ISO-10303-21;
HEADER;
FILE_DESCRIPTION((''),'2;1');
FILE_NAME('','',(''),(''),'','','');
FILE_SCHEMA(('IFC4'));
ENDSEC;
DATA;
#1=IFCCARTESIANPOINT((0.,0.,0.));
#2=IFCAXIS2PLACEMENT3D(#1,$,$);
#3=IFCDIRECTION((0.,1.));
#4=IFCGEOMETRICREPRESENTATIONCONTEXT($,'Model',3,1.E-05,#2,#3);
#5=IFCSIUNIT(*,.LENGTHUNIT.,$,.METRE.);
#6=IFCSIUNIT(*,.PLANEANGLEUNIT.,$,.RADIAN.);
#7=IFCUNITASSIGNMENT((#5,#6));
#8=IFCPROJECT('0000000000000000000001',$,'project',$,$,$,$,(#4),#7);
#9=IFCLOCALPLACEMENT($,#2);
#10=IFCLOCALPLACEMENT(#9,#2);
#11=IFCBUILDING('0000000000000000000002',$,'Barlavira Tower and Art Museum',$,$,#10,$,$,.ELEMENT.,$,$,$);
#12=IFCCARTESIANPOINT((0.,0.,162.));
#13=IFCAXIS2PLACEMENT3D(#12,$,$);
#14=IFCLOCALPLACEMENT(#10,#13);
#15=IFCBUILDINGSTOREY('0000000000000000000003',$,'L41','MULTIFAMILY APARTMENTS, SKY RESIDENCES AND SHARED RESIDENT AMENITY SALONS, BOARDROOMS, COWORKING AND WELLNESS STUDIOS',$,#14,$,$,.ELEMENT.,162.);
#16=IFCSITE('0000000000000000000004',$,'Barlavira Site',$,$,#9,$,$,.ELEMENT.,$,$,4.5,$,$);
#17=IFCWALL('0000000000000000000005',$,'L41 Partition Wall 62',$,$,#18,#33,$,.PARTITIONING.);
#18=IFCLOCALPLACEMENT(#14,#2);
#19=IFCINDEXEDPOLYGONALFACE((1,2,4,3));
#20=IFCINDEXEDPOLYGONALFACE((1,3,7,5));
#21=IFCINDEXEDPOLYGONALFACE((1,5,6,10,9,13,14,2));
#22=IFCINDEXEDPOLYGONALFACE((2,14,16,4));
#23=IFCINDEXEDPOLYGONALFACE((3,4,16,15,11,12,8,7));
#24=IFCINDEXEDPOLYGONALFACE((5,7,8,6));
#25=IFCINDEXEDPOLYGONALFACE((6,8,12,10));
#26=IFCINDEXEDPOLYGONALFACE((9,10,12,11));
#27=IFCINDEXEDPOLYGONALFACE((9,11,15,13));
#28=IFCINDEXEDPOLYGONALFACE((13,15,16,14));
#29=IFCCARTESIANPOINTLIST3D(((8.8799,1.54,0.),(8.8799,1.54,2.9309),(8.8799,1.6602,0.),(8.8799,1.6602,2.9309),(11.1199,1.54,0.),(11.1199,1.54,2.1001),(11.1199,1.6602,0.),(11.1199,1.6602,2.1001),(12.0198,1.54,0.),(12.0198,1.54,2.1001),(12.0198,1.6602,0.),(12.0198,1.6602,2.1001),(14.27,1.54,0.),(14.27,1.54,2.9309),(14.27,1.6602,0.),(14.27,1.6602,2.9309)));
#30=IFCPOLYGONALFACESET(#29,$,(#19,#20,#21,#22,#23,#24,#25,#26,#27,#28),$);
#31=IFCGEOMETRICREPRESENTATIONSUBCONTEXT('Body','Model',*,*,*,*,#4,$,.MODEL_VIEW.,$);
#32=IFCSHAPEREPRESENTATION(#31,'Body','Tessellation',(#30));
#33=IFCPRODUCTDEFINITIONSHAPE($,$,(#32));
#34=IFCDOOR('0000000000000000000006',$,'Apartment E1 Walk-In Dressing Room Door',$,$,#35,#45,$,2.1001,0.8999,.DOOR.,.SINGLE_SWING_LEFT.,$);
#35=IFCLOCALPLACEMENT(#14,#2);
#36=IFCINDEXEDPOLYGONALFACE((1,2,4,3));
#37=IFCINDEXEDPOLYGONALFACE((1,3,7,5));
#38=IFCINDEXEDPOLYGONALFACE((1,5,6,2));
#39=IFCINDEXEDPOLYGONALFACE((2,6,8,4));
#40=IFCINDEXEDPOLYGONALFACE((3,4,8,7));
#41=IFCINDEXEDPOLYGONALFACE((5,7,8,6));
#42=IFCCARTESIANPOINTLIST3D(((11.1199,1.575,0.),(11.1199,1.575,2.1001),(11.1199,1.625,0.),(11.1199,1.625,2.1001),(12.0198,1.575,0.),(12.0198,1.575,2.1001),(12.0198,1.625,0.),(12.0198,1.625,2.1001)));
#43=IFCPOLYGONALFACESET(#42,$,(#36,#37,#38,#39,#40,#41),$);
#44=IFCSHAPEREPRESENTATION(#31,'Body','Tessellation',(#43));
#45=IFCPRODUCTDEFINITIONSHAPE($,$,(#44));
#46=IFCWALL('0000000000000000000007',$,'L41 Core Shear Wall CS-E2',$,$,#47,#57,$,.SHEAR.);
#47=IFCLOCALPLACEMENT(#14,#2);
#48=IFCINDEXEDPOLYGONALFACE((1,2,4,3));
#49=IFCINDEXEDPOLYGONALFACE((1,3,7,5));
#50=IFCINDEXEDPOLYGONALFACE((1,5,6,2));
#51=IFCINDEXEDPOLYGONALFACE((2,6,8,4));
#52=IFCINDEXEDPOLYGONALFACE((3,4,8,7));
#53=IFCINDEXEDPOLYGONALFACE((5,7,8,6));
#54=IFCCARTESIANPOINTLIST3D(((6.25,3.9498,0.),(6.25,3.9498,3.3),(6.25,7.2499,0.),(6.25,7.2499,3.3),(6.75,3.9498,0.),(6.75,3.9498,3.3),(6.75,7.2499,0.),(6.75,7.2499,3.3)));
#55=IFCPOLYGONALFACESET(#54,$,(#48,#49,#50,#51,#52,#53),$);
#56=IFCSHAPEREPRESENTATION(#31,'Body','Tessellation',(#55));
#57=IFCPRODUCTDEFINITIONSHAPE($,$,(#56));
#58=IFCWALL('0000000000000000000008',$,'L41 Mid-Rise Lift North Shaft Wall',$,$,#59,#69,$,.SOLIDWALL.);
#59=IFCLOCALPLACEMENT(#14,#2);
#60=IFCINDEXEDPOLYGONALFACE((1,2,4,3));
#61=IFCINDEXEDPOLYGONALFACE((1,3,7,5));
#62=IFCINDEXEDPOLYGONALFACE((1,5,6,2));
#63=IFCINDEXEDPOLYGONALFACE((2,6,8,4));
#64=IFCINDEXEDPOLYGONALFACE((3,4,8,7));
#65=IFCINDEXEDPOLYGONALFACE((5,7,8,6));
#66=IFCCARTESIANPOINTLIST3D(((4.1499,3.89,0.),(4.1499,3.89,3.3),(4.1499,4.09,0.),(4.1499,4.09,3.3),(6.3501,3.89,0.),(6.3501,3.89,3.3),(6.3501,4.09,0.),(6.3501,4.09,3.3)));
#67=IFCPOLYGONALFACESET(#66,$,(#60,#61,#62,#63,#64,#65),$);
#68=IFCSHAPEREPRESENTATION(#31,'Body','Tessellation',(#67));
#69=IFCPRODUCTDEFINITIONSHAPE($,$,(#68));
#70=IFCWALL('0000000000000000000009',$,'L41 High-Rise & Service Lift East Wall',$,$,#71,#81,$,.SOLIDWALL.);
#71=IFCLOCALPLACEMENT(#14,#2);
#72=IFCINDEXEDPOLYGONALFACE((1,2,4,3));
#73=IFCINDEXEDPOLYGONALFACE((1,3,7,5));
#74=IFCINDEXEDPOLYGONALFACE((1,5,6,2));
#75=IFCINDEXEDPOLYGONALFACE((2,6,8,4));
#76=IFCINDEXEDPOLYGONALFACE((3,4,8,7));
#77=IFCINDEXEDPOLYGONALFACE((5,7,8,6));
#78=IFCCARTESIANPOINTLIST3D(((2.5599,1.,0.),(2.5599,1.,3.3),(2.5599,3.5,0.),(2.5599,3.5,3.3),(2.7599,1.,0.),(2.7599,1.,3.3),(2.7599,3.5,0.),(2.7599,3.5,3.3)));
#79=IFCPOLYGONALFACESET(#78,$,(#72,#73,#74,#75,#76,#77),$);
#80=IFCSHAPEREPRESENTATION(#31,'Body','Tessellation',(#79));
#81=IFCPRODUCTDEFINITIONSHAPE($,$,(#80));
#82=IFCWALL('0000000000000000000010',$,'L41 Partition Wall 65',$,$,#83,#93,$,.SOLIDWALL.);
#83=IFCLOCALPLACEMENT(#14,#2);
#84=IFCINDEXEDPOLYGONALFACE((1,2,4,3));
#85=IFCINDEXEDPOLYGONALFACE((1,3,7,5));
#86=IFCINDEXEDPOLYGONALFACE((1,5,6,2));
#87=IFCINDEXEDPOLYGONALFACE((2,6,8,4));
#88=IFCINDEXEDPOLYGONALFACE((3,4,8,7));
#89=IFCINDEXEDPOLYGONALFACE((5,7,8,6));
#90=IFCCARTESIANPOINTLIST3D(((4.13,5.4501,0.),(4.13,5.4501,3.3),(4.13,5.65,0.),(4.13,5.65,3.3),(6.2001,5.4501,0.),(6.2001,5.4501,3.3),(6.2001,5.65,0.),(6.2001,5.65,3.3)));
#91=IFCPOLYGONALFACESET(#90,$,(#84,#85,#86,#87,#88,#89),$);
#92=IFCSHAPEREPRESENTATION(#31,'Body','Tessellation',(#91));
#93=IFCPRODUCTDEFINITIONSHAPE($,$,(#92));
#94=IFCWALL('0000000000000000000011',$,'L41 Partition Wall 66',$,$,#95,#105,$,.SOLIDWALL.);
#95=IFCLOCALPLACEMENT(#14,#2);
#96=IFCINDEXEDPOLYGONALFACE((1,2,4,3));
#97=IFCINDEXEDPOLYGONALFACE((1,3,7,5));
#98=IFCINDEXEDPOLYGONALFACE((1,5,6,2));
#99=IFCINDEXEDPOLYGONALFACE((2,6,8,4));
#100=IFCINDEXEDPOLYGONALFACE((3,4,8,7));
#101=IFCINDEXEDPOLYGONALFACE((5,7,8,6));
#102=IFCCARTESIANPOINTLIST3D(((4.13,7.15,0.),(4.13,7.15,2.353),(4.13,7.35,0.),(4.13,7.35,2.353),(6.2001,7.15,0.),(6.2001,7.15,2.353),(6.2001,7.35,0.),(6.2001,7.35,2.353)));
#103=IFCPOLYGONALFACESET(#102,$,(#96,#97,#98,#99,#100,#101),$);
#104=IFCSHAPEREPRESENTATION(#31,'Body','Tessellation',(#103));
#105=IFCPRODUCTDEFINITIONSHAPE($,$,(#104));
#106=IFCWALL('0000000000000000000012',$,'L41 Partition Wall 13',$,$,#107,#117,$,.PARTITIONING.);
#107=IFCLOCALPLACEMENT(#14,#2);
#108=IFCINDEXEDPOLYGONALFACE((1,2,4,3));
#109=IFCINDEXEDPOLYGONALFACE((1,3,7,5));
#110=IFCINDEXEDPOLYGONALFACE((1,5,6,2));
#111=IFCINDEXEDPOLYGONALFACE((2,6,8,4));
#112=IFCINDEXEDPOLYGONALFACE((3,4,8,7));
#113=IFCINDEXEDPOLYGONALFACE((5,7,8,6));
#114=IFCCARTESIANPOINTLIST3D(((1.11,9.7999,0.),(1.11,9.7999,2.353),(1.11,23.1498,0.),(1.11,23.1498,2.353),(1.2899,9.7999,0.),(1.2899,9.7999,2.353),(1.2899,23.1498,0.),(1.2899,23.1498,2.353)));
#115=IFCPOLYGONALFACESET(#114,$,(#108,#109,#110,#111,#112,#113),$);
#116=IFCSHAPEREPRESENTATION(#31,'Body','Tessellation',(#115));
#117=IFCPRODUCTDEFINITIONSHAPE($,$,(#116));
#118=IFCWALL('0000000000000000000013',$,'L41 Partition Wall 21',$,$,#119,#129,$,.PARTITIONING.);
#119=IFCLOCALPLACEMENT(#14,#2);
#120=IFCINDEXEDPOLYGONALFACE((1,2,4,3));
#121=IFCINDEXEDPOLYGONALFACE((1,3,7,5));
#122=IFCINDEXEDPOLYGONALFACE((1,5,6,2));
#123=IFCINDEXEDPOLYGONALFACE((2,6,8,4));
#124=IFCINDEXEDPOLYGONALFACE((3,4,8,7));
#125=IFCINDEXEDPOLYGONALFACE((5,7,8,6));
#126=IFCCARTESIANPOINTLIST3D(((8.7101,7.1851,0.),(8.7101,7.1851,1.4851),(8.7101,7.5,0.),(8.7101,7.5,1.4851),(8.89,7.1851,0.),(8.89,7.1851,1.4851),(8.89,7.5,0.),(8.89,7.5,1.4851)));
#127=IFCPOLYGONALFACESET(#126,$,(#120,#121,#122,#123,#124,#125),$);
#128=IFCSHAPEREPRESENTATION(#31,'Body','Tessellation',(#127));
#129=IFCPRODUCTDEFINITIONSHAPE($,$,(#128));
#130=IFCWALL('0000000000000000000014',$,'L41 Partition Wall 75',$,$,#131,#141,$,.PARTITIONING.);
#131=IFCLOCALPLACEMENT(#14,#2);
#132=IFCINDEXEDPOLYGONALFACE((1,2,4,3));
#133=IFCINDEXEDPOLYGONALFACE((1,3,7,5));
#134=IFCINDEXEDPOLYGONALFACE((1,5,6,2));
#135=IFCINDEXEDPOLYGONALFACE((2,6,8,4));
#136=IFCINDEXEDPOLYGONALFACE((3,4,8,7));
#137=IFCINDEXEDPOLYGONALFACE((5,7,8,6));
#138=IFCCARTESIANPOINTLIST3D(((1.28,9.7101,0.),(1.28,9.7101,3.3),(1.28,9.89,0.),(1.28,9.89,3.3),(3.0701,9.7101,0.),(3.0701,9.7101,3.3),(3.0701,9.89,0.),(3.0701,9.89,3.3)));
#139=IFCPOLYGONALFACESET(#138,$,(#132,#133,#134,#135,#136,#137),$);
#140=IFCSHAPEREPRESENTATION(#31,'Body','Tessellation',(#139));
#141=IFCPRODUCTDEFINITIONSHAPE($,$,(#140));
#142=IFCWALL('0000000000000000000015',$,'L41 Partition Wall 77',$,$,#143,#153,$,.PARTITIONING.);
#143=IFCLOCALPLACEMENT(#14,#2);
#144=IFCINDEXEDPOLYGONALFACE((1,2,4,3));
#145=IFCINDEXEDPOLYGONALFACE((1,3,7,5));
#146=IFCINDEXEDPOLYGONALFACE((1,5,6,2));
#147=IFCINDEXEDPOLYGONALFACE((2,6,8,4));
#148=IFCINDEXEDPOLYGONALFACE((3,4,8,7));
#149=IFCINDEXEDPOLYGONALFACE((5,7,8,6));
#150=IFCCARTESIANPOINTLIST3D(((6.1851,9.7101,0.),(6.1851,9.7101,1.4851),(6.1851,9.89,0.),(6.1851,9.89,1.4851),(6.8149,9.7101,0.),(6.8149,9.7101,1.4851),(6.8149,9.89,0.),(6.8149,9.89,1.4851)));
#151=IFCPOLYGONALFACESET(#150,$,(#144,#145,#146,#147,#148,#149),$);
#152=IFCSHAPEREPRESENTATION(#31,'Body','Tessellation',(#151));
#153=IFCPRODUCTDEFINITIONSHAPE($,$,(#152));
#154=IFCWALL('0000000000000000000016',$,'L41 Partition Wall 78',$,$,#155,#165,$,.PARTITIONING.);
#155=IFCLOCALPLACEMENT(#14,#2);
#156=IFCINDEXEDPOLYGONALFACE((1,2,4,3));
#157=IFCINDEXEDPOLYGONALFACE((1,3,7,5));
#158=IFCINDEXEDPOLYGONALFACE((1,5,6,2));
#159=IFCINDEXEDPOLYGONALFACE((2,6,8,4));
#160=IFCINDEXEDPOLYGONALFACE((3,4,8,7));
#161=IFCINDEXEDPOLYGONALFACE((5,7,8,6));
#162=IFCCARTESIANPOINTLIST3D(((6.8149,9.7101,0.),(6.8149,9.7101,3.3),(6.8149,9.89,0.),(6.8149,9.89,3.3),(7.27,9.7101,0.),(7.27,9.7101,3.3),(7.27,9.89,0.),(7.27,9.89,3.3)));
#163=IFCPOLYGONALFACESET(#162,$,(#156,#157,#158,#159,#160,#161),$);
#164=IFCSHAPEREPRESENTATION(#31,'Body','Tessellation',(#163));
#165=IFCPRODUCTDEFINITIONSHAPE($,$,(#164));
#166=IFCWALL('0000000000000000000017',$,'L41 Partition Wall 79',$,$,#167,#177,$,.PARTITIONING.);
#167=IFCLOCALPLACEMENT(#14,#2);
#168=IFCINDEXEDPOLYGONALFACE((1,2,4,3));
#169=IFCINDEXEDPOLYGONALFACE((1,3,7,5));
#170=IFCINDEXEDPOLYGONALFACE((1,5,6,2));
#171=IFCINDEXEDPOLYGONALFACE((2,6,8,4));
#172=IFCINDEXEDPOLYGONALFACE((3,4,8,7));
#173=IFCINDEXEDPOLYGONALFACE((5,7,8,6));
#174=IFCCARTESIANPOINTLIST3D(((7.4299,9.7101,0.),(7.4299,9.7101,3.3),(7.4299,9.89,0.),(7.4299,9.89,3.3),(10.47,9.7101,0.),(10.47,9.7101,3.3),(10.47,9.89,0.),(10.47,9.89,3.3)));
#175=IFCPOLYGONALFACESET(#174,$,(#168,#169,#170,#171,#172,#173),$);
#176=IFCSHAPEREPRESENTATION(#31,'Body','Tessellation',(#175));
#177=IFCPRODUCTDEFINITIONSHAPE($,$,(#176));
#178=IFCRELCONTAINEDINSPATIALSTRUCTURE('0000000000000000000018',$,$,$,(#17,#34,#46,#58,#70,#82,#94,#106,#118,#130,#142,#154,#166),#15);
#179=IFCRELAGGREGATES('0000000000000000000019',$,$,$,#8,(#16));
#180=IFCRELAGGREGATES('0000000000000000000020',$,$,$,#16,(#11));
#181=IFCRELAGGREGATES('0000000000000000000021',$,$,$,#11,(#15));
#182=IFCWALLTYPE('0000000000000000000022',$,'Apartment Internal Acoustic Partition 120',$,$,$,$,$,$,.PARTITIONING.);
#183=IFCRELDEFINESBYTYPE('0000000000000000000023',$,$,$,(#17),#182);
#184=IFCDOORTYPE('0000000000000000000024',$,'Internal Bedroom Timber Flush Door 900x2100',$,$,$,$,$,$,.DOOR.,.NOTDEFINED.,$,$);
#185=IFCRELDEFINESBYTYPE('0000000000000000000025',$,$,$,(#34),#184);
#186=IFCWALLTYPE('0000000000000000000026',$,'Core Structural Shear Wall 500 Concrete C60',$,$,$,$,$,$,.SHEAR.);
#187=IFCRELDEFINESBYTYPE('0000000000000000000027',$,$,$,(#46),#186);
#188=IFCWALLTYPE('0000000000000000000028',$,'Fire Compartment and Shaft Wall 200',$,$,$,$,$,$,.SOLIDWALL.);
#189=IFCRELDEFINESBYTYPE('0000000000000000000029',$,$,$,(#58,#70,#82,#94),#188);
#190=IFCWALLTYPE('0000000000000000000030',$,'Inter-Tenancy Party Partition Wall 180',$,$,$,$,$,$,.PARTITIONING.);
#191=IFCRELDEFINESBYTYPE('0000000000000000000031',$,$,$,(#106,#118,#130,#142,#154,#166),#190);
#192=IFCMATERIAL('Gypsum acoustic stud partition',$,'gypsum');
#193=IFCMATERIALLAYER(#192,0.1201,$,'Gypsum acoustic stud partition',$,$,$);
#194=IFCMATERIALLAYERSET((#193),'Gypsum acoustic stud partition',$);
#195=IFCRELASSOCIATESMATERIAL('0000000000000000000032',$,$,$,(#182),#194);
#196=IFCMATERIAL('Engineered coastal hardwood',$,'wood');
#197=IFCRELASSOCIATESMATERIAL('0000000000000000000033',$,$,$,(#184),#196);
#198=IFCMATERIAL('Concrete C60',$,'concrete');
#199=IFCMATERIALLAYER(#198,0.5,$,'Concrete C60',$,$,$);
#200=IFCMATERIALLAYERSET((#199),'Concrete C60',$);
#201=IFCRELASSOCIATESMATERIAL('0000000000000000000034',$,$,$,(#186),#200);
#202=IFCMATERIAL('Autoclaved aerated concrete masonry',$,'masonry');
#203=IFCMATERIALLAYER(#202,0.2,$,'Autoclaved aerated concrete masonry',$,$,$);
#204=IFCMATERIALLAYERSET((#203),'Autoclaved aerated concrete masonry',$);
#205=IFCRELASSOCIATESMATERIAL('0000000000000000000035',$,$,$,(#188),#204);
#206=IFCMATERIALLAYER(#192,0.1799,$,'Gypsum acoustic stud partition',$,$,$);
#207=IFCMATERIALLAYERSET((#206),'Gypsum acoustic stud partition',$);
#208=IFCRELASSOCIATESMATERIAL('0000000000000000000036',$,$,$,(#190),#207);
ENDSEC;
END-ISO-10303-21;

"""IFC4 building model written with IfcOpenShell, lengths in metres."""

from ifc_helpers import new_model, si_unit, direction, frame, frame_2d, origin, place, context, subcontext, project, spatial, rectangle, extrude, material, layer, layer_set, type_object, element, fill, save


model = new_model("IFC4")

# Units and contexts
model_context = context("Model", 3, precision=1e-05, world=origin(), true_north=direction((0.0, 1.0)))
body_context = subcontext(model_context, "Body", "Model", "MODEL_VIEW")
ifc_project = project(units=[si_unit("LENGTHUNIT", "METRE"), si_unit("PLANEANGLEUNIT", "RADIAN")], contexts=[model_context])

# Site, building, storey
site_placement = place(None, origin())
site = spatial("IfcSite", under=ifc_project, at=site_placement, Name="Barlavira Site", CompositionType="ELEMENT", RefElevation=4.5)
building_placement = place(site_placement, origin())
building = spatial("IfcBuilding", under=site, at=building_placement, Name="Barlavira Tower and Art Museum", CompositionType="ELEMENT")
storey_placement = place(building_placement, frame((0.0, 0.0, 162.0)))
storey = spatial("IfcBuildingStorey", under=building, at=storey_placement, Name="L41", Description="MULTIFAMILY APARTMENTS, SKY RESIDENCES AND SHARED RESIDENT AMENITY SALONS, BOARDROOMS, COWORKING AND WELLNESS STUDIOS", CompositionType="ELEMENT", Elevation=162.0)

# Shared definitions
ifc_material_1 = material(Name="Gypsum acoustic stud partition", Category="gypsum")
ifc_layer_1 = layer(ifc_material_1, 0.1201, Name="Gypsum acoustic stud partition")
ifc_layer_set_1 = layer_set([ifc_layer_1], Name="Gypsum acoustic stud partition")
wall_type_1 = type_object("IfcWallType", Name="Apartment Internal Acoustic Partition 120", PredefinedType="PARTITIONING", material=ifc_layer_set_1)
ifc_material_2 = material(Name="Engineered coastal hardwood", Category="wood")
door_type_1 = type_object("IfcDoorType", Name="Internal Bedroom Timber Flush Door 900x2100", OperationType="NOTDEFINED", PredefinedType="DOOR", material=ifc_material_2)

# Wall, opening, door
wall_1_placement = place(storey_placement, frame((8.8799, 1.6001, 0.0), z_axis=(0.0, 0.0, 1.0), x_axis=(1.0, 0.0, 0.0)))
wall_1 = element("IfcWall", 1, at=wall_1_placement, inside=storey, type_object=wall_type_1, Name="L41 Partition Wall 62", PredefinedType="PARTITIONING", context=body_context, shape_type="SweptSolid", body=[
    extrude(rectangle(XDim=5.3901, YDim=0.1201, at=frame_2d((2.6951, 0.0))), origin(), (0.0, 0.0, 1.0), 2.9309),
])
opening_1_placement = place(wall_1_placement, frame((2.24, 0.0, 0.0)))
opening_1 = element("IfcOpeningElement", 2, at=opening_1_placement, cuts=wall_1, PredefinedType="OPENING", context=body_context, shape_type="SweptSolid", body=[
    extrude(rectangle(XDim=0.8999, YDim=2.1001, at=frame_2d((0.45, 1.05))), frame((0.0, 0.0701, 0.0), z_axis=(0.0, -1.0, 0.0), x_axis=(1.0, 0.0, 0.0)), (0.0, 0.0, 1.0), 0.1401),
])
door_1_placement = place(opening_1_placement, origin())
door_1 = element("IfcDoor", 3, at=door_1_placement, inside=storey, type_object=door_type_1, Name="Apartment E1 Walk-In Dressing Room Door", OperationType="SINGLE_SWING_LEFT", OverallHeight=2.1001, OverallWidth=0.8999, PredefinedType="DOOR", context=body_context, shape_type="SweptSolid", body=[
    extrude(rectangle(XDim=0.8999, YDim=2.1001, at=frame_2d((0.45, 1.05))), frame((0.0, 0.0249, 0.0), z_axis=(0.0, -1.0, 0.0), x_axis=(1.0, 0.0, 0.0)), (0.0, 0.0, 1.0), 0.05),
])
fill(opening_1, door_1)

# Walls
ifc_material_3 = material(Name="Concrete C60", Category="concrete")
ifc_layer_2 = layer(ifc_material_3, 0.5, Name="Concrete C60")
ifc_layer_set_2 = layer_set([ifc_layer_2], Name="Concrete C60")
wall_type_2 = type_object("IfcWallType", Name="Core Structural Shear Wall 500 Concrete C60", PredefinedType="SHEAR", material=ifc_layer_set_2)
wall_2_placement = place(storey_placement, frame((6.5, 3.95, 0.0), z_axis=(0.0, 0.0, 1.0), x_axis=(0.0, 1.0, 0.0)))
element("IfcWall", 4, at=wall_2_placement, inside=storey, type_object=wall_type_2, Name="L41 Core Shear Wall CS-E2", PredefinedType="SHEAR", context=body_context, shape_type="SweptSolid", body=[
    extrude(rectangle(XDim=3.3, YDim=0.5, at=frame_2d((1.6499, 0.0))), origin(), (0.0, 0.0, 1.0), 3.3),
])
ifc_material_4 = material(Name="Autoclaved aerated concrete masonry", Category="masonry")
ifc_layer_3 = layer(ifc_material_4, 0.2, Name="Autoclaved aerated concrete masonry")
ifc_layer_set_3 = layer_set([ifc_layer_3], Name="Autoclaved aerated concrete masonry")
wall_type_3 = type_object("IfcWallType", Name="Fire Compartment and Shaft Wall 200", PredefinedType="SOLIDWALL", material=ifc_layer_set_3)
wall_3_placement = place(storey_placement, frame((4.1499, 3.99, 0.0), z_axis=(0.0, 0.0, 1.0), x_axis=(1.0, 0.0, 0.0)))
element("IfcWall", 5, at=wall_3_placement, inside=storey, type_object=wall_type_3, Name="L41 Mid-Rise Lift North Shaft Wall", PredefinedType="SOLIDWALL", context=body_context, shape_type="SweptSolid", body=[
    extrude(rectangle(XDim=2.2002, YDim=0.2, at=frame_2d((1.1001, 0.0))), origin(), (0.0, 0.0, 1.0), 3.3),
])
wall_4_placement = place(storey_placement, frame((2.6599, 1.0, 0.0), z_axis=(0.0, 0.0, 1.0), x_axis=(0.0, 1.0, 0.0)))
element("IfcWall", 6, at=wall_4_placement, inside=storey, type_object=wall_type_3, Name="L41 High-Rise & Service Lift East Wall", PredefinedType="SOLIDWALL", context=body_context, shape_type="SweptSolid", body=[
    extrude(rectangle(XDim=2.5, YDim=0.2, at=frame_2d((1.25, 0.0))), origin(), (0.0, 0.0, 1.0), 3.3),
])

# Walls
wall_5_placement = place(storey_placement, frame((4.1299, 5.55, 0.0), z_axis=(0.0, 0.0, 1.0), x_axis=(1.0, 0.0, 0.0)))
element("IfcWall", 7, at=wall_5_placement, inside=storey, type_object=wall_type_3, Name="L41 Partition Wall 65", PredefinedType="SOLIDWALL", context=body_context, shape_type="SweptSolid", body=[
    extrude(rectangle(XDim=2.0701, YDim=0.2, at=frame_2d((1.0352, 0.0))), origin(), (0.0, 0.0, 1.0), 3.3),
])
wall_6_placement = place(storey_placement, frame((4.1299, 7.25, 0.0), z_axis=(0.0, 0.0, 1.0), x_axis=(1.0, 0.0, 0.0)))
element("IfcWall", 8, at=wall_6_placement, inside=storey, type_object=wall_type_3, Name="L41 Partition Wall 66", PredefinedType="SOLIDWALL", context=body_context, shape_type="SweptSolid", body=[
    extrude(rectangle(XDim=2.0701, YDim=0.2, at=frame_2d((1.0352, 0.0))), origin(), (0.0, 0.0, 1.0), 2.353),
])
ifc_layer_4 = layer(ifc_material_1, 0.1799, Name="Gypsum acoustic stud partition")
ifc_layer_set_4 = layer_set([ifc_layer_4], Name="Gypsum acoustic stud partition")
wall_type_4 = type_object("IfcWallType", Name="Inter-Tenancy Party Partition Wall 180", PredefinedType="PARTITIONING", material=ifc_layer_set_4)
wall_7_placement = place(storey_placement, frame((1.2, 9.8, 0.0), z_axis=(0.0, 0.0, 1.0), x_axis=(0.0, 1.0, 0.0)))
element("IfcWall", 9, at=wall_7_placement, inside=storey, type_object=wall_type_4, Name="L41 Partition Wall 13", PredefinedType="PARTITIONING", context=body_context, shape_type="SweptSolid", body=[
    extrude(rectangle(XDim=13.3499, YDim=0.1799, at=frame_2d((6.6748, 0.0))), origin(), (0.0, 0.0, 1.0), 2.353),
])
wall_8_placement = place(storey_placement, frame((8.8, 7.1851, 0.0), z_axis=(0.0, 0.0, 1.0), x_axis=(0.0, 1.0, 0.0)))
element("IfcWall", 10, at=wall_8_placement, inside=storey, type_object=wall_type_4, Name="L41 Partition Wall 21", PredefinedType="PARTITIONING", context=body_context, shape_type="SweptSolid", body=[
    extrude(rectangle(XDim=0.3149, YDim=0.1799, at=frame_2d((0.1575, 0.0))), origin(), (0.0, 0.0, 1.0), 1.4851),
])
wall_9_placement = place(storey_placement, frame((1.28, 9.8, 0.0), z_axis=(0.0, 0.0, 1.0), x_axis=(1.0, 0.0, 0.0)))
element("IfcWall", 11, at=wall_9_placement, inside=storey, type_object=wall_type_4, Name="L41 Partition Wall 75", PredefinedType="PARTITIONING", context=body_context, shape_type="SweptSolid", body=[
    extrude(rectangle(XDim=1.79, YDim=0.1799, at=frame_2d((0.895, 0.0))), origin(), (0.0, 0.0, 1.0), 3.3),
])

# Walls
wall_10_placement = place(storey_placement, frame((6.1851, 9.8, 0.0), z_axis=(0.0, 0.0, 1.0), x_axis=(1.0, 0.0, 0.0)))
element("IfcWall", 12, at=wall_10_placement, inside=storey, type_object=wall_type_4, Name="L41 Partition Wall 77", PredefinedType="PARTITIONING", context=body_context, shape_type="SweptSolid", body=[
    extrude(rectangle(XDim=0.6299, YDim=0.1799, at=frame_2d((0.3149, 0.0))), origin(), (0.0, 0.0, 1.0), 1.4851),
])
wall_11_placement = place(storey_placement, frame((6.8149, 9.8, 0.0), z_axis=(0.0, 0.0, 1.0), x_axis=(1.0, 0.0, 0.0)))
element("IfcWall", 13, at=wall_11_placement, inside=storey, type_object=wall_type_4, Name="L41 Partition Wall 78", PredefinedType="PARTITIONING", context=body_context, shape_type="SweptSolid", body=[
    extrude(rectangle(XDim=0.4551, YDim=0.1799, at=frame_2d((0.2275, 0.0))), origin(), (0.0, 0.0, 1.0), 3.3),
])
wall_12_placement = place(storey_placement, frame((7.4299, 9.8, 0.0), z_axis=(0.0, 0.0, 1.0), x_axis=(1.0, 0.0, 0.0)))
element("IfcWall", 14, at=wall_12_placement, inside=storey, type_object=wall_type_4, Name="L41 Partition Wall 79", PredefinedType="PARTITIONING", context=body_context, shape_type="SweptSolid", body=[
    extrude(rectangle(XDim=3.04, YDim=0.1799, at=frame_2d((1.52, 0.0))), origin(), (0.0, 0.0, 1.0), 3.3),
])

save(model, "model.ifc")
